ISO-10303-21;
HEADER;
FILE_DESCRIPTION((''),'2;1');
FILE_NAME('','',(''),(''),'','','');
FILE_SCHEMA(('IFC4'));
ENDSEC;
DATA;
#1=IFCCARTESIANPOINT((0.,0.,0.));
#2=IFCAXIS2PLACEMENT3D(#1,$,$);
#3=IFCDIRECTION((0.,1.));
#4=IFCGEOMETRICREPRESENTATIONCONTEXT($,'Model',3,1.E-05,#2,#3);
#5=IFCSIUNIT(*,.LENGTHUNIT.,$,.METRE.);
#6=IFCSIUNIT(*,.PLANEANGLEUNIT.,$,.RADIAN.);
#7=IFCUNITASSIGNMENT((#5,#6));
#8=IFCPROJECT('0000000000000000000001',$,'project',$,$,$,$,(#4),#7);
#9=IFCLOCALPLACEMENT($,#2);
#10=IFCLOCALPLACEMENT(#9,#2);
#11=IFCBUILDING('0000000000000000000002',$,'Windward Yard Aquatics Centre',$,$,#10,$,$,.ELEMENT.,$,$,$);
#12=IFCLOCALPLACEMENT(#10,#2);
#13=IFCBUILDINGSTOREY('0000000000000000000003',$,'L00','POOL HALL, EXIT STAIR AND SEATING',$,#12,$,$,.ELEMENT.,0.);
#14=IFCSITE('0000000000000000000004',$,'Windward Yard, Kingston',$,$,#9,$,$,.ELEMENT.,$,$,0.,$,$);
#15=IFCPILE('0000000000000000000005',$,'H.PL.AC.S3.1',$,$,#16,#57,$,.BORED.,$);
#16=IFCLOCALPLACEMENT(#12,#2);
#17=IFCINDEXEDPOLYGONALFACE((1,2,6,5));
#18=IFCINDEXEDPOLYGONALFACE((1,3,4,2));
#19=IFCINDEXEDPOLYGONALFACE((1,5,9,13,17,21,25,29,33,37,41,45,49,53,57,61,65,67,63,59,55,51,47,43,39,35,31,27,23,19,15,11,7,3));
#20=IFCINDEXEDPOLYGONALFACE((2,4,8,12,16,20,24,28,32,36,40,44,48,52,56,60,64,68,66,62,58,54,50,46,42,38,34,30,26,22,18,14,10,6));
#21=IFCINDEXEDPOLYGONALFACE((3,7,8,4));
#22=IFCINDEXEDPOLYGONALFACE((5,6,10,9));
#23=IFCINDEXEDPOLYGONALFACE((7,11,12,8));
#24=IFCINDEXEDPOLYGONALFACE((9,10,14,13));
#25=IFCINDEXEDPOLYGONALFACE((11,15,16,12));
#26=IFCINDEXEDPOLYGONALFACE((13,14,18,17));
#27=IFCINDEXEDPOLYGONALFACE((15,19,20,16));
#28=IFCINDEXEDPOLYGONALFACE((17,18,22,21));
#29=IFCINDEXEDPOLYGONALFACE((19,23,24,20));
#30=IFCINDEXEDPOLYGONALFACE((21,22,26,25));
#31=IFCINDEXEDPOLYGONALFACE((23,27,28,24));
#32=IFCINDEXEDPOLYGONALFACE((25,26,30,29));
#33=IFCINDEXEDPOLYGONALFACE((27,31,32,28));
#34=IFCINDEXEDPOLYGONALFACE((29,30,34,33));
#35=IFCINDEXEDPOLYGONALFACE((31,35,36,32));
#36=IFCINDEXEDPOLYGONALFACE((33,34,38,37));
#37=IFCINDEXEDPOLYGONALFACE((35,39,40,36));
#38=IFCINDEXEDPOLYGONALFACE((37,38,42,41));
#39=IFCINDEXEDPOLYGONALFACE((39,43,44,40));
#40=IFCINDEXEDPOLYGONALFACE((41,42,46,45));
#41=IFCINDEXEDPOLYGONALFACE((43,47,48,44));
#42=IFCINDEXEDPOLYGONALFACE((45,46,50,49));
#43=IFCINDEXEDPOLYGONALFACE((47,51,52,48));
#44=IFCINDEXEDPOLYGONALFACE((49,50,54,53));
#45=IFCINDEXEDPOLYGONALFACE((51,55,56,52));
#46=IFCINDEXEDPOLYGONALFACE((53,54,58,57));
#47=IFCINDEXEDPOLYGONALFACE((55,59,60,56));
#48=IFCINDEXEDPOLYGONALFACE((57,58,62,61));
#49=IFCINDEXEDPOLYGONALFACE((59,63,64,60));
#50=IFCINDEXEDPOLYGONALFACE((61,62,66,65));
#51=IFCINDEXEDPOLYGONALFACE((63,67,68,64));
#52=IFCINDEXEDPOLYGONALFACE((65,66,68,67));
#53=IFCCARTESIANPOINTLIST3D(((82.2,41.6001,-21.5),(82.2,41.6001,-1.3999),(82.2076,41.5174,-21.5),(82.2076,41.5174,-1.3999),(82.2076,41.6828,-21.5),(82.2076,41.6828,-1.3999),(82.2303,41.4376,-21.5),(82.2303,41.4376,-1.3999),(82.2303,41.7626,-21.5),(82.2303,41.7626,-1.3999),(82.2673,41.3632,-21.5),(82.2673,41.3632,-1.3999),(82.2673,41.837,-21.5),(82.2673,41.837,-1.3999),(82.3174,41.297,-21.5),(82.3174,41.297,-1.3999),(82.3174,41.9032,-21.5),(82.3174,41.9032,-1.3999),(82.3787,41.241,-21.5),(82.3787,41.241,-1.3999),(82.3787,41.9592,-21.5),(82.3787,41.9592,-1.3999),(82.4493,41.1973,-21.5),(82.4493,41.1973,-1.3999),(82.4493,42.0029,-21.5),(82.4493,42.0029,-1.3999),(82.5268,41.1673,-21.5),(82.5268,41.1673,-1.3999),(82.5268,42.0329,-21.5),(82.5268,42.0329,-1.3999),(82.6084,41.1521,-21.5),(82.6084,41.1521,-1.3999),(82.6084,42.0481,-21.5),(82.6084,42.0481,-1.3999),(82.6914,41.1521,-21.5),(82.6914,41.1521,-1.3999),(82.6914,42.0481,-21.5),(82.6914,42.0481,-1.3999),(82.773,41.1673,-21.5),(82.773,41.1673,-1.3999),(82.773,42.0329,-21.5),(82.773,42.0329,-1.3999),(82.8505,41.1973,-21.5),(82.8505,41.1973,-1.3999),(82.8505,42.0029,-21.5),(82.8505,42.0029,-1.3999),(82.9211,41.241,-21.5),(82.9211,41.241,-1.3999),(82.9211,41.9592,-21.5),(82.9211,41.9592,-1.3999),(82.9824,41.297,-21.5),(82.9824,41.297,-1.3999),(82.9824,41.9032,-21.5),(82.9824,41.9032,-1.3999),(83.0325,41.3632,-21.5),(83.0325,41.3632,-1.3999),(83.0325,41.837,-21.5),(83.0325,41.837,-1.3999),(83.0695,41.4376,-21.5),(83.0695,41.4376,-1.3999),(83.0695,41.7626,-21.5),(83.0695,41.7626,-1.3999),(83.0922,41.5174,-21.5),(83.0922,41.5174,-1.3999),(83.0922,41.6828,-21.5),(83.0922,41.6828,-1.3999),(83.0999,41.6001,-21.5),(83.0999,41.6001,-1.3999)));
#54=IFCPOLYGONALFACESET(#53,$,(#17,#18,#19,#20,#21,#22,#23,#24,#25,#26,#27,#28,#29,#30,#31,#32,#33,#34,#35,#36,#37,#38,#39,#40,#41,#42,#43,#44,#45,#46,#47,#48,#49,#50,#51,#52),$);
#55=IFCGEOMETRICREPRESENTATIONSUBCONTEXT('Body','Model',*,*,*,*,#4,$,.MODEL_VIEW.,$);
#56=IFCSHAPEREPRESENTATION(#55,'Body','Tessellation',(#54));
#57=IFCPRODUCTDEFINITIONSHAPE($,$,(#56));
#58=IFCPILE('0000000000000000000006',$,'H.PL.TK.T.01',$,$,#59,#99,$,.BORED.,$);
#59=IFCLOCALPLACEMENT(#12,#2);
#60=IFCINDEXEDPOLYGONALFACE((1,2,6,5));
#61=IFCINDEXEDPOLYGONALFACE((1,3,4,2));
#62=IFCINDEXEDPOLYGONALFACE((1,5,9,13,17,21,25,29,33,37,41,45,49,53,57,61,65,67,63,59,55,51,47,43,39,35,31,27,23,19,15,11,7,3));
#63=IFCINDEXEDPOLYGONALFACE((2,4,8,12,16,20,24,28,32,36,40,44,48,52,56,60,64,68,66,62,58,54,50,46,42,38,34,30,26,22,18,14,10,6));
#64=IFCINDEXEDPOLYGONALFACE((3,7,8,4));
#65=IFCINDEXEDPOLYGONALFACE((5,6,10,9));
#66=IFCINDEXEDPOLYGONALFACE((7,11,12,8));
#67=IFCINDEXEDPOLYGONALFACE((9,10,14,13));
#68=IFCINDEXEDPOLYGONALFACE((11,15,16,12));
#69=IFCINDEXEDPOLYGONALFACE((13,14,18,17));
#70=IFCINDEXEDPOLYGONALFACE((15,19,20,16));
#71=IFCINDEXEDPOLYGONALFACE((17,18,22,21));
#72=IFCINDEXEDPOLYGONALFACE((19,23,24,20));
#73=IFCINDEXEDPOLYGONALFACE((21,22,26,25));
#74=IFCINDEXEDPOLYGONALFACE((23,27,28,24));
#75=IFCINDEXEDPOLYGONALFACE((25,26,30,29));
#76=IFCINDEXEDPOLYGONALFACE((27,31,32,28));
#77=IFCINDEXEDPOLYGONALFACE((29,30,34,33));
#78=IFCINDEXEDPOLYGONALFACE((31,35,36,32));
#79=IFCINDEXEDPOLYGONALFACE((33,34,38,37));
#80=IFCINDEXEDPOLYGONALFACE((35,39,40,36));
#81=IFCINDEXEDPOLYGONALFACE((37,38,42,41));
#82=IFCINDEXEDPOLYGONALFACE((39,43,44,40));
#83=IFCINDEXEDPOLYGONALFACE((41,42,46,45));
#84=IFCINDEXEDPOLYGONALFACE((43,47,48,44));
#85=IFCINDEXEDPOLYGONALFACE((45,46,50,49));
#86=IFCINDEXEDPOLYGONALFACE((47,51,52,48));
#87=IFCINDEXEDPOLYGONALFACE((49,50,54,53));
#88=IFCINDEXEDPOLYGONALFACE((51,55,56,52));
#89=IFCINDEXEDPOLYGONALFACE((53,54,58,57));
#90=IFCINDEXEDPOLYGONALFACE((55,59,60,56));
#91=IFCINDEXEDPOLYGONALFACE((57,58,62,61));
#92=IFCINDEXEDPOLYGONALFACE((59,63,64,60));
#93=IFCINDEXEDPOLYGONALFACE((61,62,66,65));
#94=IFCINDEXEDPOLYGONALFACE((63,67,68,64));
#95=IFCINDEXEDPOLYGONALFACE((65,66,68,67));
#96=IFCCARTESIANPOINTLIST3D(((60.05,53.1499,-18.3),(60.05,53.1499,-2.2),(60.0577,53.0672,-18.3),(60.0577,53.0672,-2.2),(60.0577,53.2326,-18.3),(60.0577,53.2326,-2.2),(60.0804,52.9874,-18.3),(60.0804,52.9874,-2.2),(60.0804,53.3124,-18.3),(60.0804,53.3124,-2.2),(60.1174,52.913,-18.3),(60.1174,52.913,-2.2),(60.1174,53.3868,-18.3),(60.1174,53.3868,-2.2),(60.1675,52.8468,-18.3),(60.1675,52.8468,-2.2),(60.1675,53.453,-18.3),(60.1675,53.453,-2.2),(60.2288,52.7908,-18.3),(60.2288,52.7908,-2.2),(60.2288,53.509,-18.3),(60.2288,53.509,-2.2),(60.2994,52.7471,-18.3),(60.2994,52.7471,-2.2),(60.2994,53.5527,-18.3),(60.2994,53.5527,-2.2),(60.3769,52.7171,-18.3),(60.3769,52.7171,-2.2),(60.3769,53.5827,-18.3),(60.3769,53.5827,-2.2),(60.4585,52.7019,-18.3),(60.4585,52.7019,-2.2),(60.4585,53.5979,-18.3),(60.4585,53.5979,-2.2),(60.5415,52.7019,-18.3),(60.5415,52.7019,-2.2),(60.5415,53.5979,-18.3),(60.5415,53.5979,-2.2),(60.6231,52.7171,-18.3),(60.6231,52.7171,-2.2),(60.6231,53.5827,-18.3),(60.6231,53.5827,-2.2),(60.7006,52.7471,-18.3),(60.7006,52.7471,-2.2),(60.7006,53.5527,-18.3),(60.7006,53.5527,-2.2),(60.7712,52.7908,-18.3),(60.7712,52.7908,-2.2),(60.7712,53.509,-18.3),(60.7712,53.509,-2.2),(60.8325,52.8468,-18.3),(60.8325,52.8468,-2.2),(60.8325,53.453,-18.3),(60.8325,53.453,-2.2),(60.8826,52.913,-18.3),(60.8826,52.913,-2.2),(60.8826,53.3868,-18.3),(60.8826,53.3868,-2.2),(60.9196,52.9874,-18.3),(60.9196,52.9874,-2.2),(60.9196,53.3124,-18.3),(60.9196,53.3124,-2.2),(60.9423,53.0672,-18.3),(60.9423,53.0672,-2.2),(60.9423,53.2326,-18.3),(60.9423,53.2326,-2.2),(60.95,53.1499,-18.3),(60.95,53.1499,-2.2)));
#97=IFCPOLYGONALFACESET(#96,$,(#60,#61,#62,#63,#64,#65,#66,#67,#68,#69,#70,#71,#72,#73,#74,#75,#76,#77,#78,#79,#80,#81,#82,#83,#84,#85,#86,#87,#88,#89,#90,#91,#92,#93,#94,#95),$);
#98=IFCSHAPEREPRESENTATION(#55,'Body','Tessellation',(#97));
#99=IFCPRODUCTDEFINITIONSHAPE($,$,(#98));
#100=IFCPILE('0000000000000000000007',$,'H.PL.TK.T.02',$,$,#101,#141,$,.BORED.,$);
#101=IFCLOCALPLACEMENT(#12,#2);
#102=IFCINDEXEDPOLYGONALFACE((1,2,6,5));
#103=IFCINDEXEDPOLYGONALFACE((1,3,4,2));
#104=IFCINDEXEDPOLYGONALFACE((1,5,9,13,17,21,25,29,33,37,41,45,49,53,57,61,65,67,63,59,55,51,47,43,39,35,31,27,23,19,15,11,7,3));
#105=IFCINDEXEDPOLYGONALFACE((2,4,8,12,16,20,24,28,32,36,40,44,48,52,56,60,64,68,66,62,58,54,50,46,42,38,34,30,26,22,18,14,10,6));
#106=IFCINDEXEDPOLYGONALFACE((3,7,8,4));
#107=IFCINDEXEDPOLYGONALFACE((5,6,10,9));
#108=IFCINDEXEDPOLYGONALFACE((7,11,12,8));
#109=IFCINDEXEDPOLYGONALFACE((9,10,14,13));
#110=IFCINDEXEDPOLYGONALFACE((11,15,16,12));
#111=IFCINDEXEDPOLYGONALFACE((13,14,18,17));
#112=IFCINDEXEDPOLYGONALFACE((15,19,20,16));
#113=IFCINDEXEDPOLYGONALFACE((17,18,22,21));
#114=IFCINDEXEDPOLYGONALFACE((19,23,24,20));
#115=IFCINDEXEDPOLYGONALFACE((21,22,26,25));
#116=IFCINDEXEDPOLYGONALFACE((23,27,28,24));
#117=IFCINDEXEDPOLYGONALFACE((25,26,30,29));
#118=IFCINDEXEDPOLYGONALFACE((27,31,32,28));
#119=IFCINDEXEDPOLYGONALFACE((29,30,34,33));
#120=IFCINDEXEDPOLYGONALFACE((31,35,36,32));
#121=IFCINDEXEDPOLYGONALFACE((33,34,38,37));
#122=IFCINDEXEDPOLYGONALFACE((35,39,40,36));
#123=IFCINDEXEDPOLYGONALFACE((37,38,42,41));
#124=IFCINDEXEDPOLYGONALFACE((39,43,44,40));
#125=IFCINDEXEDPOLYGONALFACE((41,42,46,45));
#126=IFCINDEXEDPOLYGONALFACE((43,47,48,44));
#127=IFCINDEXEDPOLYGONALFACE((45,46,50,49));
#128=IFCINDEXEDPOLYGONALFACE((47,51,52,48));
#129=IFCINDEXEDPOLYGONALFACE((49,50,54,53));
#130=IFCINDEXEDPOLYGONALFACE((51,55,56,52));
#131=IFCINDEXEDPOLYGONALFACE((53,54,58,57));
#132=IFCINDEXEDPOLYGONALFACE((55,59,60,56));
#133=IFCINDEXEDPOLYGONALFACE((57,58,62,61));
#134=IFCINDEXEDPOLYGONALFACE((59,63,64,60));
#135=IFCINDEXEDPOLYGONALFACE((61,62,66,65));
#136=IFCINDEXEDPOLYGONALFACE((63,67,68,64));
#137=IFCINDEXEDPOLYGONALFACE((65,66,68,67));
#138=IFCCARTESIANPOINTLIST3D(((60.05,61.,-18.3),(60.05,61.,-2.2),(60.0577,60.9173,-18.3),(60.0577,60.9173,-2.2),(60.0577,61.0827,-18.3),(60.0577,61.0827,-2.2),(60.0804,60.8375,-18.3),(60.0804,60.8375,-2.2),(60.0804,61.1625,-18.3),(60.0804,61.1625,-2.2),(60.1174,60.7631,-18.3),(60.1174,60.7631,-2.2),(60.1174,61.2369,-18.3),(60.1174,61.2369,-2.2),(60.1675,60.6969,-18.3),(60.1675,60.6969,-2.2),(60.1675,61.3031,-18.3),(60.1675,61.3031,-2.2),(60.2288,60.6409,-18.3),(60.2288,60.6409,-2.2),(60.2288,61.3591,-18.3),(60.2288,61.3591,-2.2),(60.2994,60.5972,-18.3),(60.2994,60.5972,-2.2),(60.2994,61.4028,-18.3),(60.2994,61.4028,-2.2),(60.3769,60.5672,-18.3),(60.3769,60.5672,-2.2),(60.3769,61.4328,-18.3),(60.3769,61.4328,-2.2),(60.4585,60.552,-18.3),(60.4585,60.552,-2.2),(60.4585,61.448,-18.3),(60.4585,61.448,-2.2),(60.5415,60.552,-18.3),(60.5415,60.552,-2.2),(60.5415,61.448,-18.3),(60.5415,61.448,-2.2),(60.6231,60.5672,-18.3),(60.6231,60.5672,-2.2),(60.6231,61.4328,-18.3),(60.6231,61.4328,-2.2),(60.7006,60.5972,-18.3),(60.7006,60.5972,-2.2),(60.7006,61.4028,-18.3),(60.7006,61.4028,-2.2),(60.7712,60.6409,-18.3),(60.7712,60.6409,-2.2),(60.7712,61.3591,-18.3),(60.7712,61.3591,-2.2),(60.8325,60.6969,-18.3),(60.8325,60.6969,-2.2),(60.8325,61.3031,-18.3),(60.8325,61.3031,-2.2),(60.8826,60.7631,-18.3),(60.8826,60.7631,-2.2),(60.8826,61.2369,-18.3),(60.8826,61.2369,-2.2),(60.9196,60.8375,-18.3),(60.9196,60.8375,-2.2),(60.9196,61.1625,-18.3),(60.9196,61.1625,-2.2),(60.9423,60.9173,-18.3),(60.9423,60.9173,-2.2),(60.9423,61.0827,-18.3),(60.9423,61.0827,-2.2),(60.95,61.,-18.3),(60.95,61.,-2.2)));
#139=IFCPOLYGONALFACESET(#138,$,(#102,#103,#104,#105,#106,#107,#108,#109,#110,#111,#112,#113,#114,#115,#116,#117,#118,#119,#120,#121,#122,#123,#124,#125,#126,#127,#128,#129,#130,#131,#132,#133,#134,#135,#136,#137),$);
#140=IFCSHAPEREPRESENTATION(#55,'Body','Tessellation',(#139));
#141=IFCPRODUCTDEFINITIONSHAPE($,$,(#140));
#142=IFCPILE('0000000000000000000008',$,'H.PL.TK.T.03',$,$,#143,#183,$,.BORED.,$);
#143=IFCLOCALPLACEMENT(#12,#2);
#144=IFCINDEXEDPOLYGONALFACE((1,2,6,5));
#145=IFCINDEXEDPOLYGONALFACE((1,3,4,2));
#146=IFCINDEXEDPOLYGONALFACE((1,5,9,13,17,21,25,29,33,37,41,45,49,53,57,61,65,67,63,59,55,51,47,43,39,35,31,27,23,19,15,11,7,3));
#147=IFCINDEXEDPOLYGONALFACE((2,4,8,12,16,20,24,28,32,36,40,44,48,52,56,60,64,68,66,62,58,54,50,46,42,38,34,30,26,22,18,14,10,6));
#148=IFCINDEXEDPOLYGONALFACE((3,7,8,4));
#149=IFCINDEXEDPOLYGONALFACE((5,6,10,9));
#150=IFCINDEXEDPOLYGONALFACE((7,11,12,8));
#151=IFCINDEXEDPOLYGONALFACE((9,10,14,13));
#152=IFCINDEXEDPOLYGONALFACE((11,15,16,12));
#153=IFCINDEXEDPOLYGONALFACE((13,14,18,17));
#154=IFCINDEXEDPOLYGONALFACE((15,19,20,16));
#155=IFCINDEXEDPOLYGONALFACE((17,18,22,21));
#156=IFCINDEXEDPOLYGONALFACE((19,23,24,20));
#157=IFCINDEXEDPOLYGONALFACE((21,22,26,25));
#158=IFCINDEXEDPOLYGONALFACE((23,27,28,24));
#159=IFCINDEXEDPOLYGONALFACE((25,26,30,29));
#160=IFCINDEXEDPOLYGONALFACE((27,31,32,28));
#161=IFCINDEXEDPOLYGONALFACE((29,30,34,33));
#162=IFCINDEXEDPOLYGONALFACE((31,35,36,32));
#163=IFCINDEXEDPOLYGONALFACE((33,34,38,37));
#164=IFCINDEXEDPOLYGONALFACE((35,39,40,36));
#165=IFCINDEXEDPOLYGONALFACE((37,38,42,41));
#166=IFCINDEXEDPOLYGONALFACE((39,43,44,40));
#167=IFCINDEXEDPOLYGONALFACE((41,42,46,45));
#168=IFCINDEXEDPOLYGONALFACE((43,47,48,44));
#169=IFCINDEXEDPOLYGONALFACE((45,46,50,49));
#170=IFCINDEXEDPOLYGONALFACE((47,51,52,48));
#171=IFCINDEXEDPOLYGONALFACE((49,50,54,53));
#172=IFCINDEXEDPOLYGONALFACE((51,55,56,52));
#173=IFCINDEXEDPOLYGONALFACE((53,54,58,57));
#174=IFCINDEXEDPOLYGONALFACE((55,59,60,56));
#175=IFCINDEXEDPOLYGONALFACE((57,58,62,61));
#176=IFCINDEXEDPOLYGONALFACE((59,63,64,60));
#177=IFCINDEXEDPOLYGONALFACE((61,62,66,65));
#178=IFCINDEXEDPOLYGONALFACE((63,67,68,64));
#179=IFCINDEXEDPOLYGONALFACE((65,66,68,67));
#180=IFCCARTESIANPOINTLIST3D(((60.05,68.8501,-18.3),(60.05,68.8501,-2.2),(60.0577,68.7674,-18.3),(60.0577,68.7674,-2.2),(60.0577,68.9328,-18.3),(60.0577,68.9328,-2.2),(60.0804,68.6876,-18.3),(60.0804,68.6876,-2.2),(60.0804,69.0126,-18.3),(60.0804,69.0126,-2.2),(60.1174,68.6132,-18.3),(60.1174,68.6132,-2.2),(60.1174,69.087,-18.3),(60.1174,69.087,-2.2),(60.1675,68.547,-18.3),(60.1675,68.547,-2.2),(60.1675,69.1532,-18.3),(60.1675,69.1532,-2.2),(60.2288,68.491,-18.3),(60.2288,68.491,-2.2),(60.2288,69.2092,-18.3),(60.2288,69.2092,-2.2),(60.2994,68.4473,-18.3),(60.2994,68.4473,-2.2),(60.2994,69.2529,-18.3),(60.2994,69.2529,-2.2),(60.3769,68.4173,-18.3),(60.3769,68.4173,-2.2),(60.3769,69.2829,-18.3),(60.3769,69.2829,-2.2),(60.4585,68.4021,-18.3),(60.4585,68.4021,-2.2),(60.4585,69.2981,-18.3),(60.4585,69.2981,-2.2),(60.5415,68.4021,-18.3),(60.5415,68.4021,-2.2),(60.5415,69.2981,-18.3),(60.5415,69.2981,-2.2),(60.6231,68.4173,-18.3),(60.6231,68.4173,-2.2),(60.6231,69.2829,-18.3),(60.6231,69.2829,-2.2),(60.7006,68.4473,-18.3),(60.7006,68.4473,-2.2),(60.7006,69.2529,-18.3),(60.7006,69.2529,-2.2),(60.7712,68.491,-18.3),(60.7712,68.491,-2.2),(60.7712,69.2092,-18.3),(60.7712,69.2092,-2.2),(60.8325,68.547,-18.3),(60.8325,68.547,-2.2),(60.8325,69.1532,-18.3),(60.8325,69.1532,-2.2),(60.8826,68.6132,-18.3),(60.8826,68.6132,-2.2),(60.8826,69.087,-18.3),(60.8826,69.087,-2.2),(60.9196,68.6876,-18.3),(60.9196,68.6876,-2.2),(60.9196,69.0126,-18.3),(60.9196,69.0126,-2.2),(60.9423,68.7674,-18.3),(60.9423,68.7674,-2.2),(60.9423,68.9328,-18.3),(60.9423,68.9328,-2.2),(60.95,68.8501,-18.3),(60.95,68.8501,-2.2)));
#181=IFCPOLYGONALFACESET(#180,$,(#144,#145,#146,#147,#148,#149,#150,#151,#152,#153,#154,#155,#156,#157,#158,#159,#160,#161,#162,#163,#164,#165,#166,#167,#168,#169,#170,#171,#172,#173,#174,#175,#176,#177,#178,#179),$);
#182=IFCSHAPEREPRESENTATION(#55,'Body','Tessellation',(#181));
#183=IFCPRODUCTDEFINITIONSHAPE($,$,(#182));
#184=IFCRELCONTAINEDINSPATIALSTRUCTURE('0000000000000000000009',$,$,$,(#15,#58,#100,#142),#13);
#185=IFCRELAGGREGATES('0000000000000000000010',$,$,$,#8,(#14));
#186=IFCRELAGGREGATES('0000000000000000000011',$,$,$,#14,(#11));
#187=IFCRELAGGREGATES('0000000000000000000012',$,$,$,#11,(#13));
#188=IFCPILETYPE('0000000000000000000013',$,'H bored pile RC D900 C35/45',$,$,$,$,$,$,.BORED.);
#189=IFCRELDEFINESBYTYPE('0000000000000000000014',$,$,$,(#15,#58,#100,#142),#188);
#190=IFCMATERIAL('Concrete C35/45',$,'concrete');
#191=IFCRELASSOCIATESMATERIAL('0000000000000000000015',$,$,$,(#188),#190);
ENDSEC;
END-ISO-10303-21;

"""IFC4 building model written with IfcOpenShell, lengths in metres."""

from ifc_helpers import new_model, si_unit, direction, frame, origin, origin_2d, place, context, subcontext, project, spatial, circle, extrude, material, material_profile, profile_set, type_object, element, save


model = new_model("IFC4")

# Units and contexts
model_context = context("Model", 3, precision=1e-05, world=origin(), true_north=direction((0.0, 1.0)))
body_context = subcontext(model_context, "Body", "Model", "MODEL_VIEW")
ifc_project = project(units=[si_unit("LENGTHUNIT", "METRE"), si_unit("PLANEANGLEUNIT", "RADIAN")], contexts=[model_context])

# Site, building, storey
site_placement = place(None, origin())
site = spatial("IfcSite", under=ifc_project, at=site_placement, Name="Windward Yard, Kingston", CompositionType="ELEMENT", RefElevation=0.0)
building_placement = place(site_placement, origin())
building = spatial("IfcBuilding", under=site, at=building_placement, Name="Windward Yard Aquatics Centre", CompositionType="ELEMENT")
storey_placement = place(building_placement, origin())
storey = spatial("IfcBuildingStorey", under=building, at=storey_placement, Name="L00", Description="POOL HALL, EXIT STAIR AND SEATING", CompositionType="ELEMENT", Elevation=0.0)

# Piles
ifc_material_1 = material(Name="Concrete C35/45", Category="concrete")
ifc_material_profile_1 = material_profile(ifc_material_1, circle(Radius=0.45, at=origin_2d()), Name="RC D900")
ifc_profile_set_1 = profile_set([ifc_material_profile_1], Name="Concrete C35/45")
pile_type = type_object("IfcPileType", Name="H bored pile RC D900 C35/45", PredefinedType="BORED", material=ifc_profile_set_1)
for number, where, z_axis, x_axis, name in (
    (1, (82.6499, 41.6001, -1.3999), (0.0, 0.0, -1.0), (1.0, 0.0, 0.0), "H.PL.AC.S3.1"),
):
    element("IfcPile", number, at=place(storey_placement, frame(where, z_axis=z_axis, x_axis=x_axis)), inside=storey, type_object=pile_type, Name=name, PredefinedType="BORED", context=body_context, shape_type="SweptSolid", body=[
        extrude(circle(Radius=0.45, at=origin_2d()), origin(), (0.0, 0.0, 1.0), 20.1001),
    ])
for number, where, z_axis, x_axis, name in (
    (2, (60.5, 53.1499, -2.2), (0.0, 0.0, -1.0), (1.0, 0.0, 0.0), "H.PL.TK.T.01"),
    (3, (60.5, 61.0, -2.2), (0.0, 0.0, -1.0), (1.0, 0.0, 0.0), "H.PL.TK.T.02"),
    (4, (60.5, 68.8501, -2.2), (0.0, 0.0, -1.0), (1.0, 0.0, 0.0), "H.PL.TK.T.03"),
):
    element("IfcPile", number, at=place(storey_placement, frame(where, z_axis=z_axis, x_axis=x_axis)), inside=storey, type_object=pile_type, Name=name, PredefinedType="BORED", context=body_context, shape_type="SweptSolid", body=[
        extrude(circle(Radius=0.45, at=origin_2d()), origin(), (0.0, 0.0, 1.0), 16.1001),
    ])

save(model, "model.ifc")
